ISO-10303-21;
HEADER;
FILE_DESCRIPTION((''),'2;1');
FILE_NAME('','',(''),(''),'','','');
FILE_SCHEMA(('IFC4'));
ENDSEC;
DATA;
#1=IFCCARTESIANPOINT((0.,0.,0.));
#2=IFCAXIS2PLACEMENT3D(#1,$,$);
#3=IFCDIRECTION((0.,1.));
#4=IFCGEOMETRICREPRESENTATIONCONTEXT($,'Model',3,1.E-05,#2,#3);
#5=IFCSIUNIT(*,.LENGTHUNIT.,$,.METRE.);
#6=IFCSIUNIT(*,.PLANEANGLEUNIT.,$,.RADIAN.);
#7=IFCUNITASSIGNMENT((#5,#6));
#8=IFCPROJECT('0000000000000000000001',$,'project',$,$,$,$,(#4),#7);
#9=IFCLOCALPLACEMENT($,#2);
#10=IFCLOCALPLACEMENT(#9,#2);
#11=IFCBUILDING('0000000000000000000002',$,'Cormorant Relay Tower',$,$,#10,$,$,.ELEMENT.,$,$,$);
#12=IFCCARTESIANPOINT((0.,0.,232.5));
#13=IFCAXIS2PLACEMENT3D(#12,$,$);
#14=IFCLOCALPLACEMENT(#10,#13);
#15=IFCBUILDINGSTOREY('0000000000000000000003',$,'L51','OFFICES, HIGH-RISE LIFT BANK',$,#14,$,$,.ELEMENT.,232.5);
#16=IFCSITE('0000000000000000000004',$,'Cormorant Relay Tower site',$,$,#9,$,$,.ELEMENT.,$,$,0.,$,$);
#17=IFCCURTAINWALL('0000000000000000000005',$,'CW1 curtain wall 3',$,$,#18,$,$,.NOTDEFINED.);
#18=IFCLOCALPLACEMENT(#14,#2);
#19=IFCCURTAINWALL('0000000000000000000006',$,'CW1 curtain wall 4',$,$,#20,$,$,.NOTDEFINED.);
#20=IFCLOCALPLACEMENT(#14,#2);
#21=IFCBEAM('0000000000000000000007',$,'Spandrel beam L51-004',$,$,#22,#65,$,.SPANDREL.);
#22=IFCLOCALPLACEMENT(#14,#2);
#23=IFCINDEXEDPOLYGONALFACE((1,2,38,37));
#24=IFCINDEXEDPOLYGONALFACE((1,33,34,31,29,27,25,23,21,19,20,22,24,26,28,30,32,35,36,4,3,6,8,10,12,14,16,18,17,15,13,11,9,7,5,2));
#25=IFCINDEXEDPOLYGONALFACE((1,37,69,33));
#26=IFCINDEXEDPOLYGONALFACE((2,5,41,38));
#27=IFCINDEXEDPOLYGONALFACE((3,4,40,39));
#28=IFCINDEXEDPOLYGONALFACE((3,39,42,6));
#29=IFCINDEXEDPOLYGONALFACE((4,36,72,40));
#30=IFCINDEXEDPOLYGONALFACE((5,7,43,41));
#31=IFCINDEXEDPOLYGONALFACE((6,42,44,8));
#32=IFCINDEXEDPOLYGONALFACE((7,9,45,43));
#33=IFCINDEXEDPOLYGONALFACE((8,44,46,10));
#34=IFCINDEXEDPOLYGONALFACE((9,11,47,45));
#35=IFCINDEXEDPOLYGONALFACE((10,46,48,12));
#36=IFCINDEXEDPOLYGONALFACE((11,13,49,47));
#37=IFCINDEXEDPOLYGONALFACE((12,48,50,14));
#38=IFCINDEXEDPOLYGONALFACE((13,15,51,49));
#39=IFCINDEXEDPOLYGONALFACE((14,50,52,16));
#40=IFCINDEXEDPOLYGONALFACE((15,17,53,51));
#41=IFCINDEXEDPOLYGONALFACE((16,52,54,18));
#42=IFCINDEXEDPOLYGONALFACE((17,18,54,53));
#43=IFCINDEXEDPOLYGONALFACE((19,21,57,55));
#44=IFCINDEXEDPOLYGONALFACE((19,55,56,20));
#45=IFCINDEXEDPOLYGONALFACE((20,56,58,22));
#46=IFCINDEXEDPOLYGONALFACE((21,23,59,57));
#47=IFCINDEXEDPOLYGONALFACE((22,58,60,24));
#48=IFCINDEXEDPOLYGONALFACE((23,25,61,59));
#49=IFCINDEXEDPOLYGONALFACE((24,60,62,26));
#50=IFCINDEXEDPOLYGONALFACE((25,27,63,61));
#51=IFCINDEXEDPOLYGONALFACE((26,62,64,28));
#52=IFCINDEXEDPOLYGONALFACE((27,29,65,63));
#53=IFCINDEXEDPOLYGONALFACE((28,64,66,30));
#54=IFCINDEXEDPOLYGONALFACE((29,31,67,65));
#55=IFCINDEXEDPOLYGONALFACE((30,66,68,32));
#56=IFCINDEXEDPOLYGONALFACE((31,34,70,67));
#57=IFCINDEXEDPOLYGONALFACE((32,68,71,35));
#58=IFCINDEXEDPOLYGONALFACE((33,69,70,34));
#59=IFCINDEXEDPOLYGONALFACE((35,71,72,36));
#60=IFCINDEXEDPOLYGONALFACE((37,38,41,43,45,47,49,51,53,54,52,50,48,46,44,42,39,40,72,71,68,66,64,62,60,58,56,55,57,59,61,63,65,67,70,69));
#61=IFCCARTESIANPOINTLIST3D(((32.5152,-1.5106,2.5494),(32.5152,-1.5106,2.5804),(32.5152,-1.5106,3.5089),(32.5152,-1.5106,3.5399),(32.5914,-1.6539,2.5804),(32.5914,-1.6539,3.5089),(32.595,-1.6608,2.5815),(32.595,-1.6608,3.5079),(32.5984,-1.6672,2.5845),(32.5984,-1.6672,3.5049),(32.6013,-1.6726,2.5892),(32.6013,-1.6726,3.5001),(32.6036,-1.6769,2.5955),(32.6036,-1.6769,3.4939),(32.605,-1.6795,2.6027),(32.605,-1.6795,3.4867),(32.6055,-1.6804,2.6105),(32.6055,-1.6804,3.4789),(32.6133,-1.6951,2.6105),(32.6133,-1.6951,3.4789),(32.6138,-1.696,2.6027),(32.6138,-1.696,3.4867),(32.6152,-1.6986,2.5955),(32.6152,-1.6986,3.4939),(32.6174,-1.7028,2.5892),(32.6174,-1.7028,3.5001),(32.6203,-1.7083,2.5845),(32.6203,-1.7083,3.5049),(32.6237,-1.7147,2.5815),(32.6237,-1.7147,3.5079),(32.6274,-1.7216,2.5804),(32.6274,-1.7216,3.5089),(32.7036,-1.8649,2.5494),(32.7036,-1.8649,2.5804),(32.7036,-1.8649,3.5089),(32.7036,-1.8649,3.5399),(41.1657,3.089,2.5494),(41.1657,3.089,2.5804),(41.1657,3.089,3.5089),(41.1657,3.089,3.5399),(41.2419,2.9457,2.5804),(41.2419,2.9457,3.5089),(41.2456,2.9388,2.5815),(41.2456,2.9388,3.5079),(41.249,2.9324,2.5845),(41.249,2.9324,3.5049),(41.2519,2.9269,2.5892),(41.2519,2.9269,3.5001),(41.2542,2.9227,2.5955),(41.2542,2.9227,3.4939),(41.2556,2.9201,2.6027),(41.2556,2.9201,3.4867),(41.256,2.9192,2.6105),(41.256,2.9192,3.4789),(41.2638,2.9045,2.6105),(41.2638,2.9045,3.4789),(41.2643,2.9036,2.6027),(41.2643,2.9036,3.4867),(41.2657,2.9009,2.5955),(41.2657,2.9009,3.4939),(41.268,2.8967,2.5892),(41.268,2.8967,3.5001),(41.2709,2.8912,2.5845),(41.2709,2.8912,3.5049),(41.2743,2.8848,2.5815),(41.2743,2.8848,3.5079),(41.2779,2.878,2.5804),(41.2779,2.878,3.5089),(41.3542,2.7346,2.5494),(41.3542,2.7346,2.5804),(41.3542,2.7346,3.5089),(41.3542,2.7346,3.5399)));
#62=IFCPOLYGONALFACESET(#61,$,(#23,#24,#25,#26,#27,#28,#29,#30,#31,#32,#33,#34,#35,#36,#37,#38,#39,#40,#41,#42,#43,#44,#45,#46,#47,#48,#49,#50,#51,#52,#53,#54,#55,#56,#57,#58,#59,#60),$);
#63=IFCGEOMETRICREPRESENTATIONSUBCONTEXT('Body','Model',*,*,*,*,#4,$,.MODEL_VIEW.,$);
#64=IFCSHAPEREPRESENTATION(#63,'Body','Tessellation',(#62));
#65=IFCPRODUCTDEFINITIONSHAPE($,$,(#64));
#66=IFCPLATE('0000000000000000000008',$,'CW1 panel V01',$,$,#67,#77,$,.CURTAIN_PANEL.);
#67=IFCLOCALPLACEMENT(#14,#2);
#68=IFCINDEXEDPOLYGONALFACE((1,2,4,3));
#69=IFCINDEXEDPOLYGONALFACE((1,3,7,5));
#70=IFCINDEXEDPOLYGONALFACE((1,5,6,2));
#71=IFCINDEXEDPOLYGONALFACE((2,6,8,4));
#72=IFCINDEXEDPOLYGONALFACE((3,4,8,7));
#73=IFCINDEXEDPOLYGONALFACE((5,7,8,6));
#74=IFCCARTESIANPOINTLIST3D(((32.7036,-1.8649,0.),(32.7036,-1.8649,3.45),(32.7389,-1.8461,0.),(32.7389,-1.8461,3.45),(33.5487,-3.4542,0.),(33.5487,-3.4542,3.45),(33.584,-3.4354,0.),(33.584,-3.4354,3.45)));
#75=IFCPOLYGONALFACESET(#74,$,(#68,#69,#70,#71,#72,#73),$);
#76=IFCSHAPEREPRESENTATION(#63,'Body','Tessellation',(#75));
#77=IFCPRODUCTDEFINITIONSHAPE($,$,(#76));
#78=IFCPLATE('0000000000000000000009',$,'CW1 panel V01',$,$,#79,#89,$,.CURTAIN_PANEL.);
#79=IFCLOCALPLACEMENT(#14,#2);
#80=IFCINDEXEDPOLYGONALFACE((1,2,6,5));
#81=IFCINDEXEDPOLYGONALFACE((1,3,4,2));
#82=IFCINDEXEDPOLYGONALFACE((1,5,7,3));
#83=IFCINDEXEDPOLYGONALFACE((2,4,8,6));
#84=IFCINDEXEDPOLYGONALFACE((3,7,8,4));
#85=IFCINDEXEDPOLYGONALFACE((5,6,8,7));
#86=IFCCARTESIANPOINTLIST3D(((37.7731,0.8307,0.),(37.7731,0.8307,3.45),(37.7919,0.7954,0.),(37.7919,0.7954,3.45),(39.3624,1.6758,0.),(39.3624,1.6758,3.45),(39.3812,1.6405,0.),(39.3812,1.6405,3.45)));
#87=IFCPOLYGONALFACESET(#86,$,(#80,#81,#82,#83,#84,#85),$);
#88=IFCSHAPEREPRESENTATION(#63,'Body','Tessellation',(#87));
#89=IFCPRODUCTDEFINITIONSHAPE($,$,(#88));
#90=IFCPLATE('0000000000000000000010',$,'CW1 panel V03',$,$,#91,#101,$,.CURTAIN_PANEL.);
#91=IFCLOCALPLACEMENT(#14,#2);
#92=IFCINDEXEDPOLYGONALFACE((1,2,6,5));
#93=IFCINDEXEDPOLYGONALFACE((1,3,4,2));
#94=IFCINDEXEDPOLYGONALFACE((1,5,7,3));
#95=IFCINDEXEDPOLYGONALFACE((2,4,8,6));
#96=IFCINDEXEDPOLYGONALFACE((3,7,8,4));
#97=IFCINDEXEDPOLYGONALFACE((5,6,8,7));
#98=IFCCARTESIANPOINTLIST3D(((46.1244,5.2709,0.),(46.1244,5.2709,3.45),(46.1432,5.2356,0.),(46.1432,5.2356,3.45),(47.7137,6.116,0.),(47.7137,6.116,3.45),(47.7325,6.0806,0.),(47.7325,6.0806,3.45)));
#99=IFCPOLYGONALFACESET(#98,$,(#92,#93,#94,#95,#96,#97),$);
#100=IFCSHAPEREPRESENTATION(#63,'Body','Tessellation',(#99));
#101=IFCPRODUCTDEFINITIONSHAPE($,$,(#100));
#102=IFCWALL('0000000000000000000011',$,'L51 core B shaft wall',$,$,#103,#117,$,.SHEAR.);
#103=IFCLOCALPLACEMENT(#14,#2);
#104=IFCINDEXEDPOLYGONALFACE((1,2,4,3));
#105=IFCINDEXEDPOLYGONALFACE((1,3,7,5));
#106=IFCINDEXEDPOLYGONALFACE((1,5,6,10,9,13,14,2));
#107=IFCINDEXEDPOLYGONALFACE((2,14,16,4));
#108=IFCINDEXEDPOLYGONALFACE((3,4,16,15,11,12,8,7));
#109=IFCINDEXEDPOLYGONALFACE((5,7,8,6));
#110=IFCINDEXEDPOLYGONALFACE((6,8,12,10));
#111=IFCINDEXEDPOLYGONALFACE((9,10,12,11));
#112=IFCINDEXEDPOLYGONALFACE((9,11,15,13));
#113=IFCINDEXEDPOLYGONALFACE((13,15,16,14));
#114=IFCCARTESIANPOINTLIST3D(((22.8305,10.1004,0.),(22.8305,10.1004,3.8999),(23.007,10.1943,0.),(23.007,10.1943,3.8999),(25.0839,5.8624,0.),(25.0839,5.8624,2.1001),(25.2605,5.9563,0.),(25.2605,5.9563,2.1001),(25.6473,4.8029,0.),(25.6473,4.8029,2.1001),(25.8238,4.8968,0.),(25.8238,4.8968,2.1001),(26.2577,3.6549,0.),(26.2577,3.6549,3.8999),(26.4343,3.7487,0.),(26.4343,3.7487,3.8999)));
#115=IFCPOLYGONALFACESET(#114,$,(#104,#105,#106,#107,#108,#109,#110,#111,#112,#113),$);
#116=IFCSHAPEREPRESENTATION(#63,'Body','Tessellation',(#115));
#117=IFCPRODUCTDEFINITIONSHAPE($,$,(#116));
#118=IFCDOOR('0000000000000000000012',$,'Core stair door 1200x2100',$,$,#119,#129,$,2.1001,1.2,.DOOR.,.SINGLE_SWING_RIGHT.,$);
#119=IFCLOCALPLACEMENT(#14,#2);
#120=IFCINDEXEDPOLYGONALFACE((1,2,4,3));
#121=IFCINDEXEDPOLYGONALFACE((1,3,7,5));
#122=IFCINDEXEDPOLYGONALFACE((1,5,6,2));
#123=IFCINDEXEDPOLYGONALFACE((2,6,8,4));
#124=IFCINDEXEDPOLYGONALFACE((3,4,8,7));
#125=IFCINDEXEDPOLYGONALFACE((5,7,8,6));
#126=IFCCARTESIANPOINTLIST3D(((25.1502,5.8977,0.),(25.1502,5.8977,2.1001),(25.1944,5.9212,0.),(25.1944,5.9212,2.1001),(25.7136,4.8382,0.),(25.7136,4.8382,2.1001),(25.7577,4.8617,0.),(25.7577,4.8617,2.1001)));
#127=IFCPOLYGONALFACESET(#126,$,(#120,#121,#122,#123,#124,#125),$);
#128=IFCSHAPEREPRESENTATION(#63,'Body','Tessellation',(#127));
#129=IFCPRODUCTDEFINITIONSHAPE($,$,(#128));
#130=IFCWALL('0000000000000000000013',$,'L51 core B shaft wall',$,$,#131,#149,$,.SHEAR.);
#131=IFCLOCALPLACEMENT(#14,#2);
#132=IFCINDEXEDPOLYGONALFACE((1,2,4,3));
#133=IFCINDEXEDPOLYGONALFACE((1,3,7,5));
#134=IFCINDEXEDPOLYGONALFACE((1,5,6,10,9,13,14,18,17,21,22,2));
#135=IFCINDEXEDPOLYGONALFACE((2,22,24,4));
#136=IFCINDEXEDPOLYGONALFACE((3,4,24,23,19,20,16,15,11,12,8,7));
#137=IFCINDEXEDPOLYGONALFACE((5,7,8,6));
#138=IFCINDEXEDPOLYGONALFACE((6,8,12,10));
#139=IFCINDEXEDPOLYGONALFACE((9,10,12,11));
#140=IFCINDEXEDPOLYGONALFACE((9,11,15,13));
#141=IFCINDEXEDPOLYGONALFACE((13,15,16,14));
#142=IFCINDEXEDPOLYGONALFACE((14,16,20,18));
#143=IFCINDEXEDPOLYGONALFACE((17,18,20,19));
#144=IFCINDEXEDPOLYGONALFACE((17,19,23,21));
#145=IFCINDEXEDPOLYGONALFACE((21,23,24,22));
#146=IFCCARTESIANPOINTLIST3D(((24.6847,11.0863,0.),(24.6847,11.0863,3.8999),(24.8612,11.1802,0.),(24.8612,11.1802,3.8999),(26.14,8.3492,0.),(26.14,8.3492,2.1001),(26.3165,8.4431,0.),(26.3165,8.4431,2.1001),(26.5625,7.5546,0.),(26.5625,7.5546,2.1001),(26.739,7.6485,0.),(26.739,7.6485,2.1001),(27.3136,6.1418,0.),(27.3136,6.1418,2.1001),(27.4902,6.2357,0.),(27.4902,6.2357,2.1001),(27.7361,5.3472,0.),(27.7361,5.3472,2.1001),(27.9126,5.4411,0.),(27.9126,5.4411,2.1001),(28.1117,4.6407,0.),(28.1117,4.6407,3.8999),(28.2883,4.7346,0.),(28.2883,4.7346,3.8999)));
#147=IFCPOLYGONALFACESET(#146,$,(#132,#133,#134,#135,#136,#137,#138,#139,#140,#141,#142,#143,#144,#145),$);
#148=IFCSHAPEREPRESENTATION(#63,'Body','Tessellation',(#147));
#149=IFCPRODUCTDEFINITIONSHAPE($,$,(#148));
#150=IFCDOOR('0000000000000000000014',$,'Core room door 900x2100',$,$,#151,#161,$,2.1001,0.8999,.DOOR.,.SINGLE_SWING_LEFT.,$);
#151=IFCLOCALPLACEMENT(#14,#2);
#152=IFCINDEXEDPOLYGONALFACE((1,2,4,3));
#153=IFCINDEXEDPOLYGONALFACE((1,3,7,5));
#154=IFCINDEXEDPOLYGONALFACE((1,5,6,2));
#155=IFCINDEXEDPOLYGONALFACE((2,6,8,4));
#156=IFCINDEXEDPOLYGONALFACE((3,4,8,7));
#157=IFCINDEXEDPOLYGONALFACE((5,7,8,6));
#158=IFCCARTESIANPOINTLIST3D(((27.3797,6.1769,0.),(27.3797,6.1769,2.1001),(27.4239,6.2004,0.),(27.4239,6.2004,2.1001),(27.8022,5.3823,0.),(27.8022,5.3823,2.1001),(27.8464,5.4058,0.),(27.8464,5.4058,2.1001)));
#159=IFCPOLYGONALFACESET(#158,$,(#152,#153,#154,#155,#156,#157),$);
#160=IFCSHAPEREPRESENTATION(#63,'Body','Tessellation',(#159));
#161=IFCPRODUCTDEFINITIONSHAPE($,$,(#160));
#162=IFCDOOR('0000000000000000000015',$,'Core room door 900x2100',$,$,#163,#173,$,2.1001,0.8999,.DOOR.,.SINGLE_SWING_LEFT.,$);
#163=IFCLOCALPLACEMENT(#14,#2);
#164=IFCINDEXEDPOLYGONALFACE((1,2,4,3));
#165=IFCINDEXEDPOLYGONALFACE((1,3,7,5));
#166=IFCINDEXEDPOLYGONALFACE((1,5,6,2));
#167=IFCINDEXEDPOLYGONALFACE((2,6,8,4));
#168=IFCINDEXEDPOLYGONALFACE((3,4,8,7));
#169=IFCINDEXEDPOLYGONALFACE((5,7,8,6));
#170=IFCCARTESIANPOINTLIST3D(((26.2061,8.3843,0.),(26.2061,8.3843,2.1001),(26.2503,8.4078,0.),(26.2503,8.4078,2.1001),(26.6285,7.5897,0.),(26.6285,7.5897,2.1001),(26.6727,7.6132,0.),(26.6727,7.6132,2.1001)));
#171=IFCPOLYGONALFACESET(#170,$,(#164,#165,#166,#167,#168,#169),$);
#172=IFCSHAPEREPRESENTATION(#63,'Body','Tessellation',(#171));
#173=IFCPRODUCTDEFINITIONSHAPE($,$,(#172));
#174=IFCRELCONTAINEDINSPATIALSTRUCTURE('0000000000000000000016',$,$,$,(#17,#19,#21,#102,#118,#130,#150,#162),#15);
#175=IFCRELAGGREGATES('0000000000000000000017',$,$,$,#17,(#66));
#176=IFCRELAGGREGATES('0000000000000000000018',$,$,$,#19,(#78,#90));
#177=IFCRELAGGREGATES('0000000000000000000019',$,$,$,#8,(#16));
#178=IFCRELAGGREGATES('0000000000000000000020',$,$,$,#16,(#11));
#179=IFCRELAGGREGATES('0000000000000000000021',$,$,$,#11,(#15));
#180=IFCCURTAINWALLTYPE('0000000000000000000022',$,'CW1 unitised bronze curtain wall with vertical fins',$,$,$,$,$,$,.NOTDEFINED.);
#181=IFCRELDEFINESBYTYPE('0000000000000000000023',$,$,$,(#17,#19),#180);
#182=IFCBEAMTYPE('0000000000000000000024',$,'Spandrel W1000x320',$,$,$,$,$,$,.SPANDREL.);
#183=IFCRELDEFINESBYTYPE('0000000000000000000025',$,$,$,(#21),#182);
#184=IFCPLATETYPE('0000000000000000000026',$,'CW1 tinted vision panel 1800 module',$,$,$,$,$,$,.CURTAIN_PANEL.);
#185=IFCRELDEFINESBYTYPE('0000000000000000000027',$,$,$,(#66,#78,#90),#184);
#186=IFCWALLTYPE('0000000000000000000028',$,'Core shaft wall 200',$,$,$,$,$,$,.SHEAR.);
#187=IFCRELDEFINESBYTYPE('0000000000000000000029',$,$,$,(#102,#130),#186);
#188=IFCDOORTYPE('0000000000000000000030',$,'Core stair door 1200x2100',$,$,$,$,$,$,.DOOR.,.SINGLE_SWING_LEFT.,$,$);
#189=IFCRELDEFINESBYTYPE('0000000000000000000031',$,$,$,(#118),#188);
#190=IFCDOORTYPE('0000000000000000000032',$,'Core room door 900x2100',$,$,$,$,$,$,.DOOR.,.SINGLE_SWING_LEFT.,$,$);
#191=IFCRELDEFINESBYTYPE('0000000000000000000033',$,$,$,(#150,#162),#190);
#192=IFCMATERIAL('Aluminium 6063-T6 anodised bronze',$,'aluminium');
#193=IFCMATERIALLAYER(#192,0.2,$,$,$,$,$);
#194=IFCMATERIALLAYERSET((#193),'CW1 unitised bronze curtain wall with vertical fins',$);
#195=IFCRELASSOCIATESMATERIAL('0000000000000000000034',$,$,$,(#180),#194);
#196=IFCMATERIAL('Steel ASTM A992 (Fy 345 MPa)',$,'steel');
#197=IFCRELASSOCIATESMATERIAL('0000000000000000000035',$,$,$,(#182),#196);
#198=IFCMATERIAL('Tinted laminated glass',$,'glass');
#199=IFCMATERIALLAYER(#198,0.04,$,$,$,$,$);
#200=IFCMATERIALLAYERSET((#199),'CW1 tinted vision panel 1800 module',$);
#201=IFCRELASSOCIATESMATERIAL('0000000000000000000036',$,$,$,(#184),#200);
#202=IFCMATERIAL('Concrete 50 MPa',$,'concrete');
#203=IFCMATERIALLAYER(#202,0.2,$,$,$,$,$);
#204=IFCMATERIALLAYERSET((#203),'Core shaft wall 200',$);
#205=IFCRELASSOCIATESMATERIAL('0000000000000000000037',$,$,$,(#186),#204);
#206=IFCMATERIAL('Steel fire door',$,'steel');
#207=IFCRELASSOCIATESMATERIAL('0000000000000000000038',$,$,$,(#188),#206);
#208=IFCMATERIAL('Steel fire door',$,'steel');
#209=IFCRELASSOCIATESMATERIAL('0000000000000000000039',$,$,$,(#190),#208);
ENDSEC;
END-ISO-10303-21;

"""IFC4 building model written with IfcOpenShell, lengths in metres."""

from ifc_helpers import new_model, si_unit, direction, frame, frame_2d, origin, origin_2d, place, context, subcontext, project, spatial, rectangle, i_section, extrude, material, layer, layer_set, material_profile, profile_set, type_object, element, fill, aggregate, save


model = new_model("IFC4")

# Units and contexts
model_context = context("Model", 3, precision=1e-05, world=origin(), true_north=direction((0.0, 1.0)))
body_context = subcontext(model_context, "Body", "Model", "MODEL_VIEW")
ifc_project = project(units=[si_unit("LENGTHUNIT", "METRE"), si_unit("PLANEANGLEUNIT", "RADIAN")], contexts=[model_context])

# Site, building, storey
site_placement = place(None, origin())
site = spatial("IfcSite", under=ifc_project, at=site_placement, Name="Cormorant Relay Tower site", CompositionType="ELEMENT", RefElevation=0.0)
building_placement = place(site_placement, origin())
building = spatial("IfcBuilding", under=site, at=building_placement, Name="Cormorant Relay Tower", CompositionType="ELEMENT")
storey_placement = place(building_placement, frame((0.0, 0.0, 232.5)))
storey = spatial("IfcBuildingStorey", under=building, at=storey_placement, Name="L51", Description="OFFICES, HIGH-RISE LIFT BANK", CompositionType="ELEMENT", Elevation=232.5)

# Curtain wall
ifc_material_1 = material(Name="Aluminium 6063-T6 anodised bronze", Category="aluminium")
ifc_layer_1 = layer(ifc_material_1, 0.2)
ifc_layer_set_1 = layer_set([ifc_layer_1], Name="CW1 unitised bronze curtain wall with vertical fins")
curtain_wall_type = type_object("IfcCurtainWallType", Name="CW1 unitised bronze curtain wall with vertical fins", PredefinedType="NOTDEFINED", material=ifc_layer_set_1)
curtain_wall_1_placement = place(storey_placement, origin())
curtain_wall_1 = element("IfcCurtainWall", 1, at=curtain_wall_1_placement, inside=storey, type_object=curtain_wall_type, Name="CW1 curtain wall 3", PredefinedType="NOTDEFINED")

# Curtain wall
curtain_wall_2_placement = place(storey_placement, origin())
curtain_wall_2 = element("IfcCurtainWall", 2, at=curtain_wall_2_placement, inside=storey, type_object=curtain_wall_type, Name="CW1 curtain wall 4", PredefinedType="NOTDEFINED")

# Beam
ifc_material_2 = material(Name="Steel ASTM A992 (Fy 345 MPa)", Category="steel")
ifc_material_profile_1 = material_profile(ifc_material_2, i_section(OverallWidth=0.4014, OverallDepth=0.9905, WebThickness=0.0166, FlangeThickness=0.031, FilletRadius=0.03, at=origin_2d()), Name="W1000x320")
ifc_profile_set_1 = profile_set([ifc_material_profile_1], Name="Steel ASTM A992 (Fy 345 MPa)")
beam_type = type_object("IfcBeamType", Name="Spandrel W1000x320", PredefinedType="SPANDREL", material=ifc_profile_set_1)
beam_1_placement = place(storey_placement, frame((32.6094, -1.6877, 3.0447), z_axis=(0.882948, 0.46947, 0.0), x_axis=(-0.46947, 0.882948, 0.0)))
element("IfcBeam", 3, at=beam_1_placement, inside=storey, type_object=beam_type, Name="Spandrel beam L51-004", PredefinedType="SPANDREL", context=body_context, shape_type="SweptSolid", body=[
    extrude(i_section(OverallWidth=0.4014, OverallDepth=0.9905, WebThickness=0.0166, FlangeThickness=0.031, FilletRadius=0.03, at=origin_2d()), origin(), (0.0, 0.0, 1.0), 9.7974),
])

# Plates
ifc_material_3 = material(Name="Tinted laminated glass", Category="glass")
ifc_layer_2 = layer(ifc_material_3, 0.04)
ifc_layer_set_2 = layer_set([ifc_layer_2], Name="CW1 tinted vision panel 1800 module")
plate_type = type_object("IfcPlateType", Name="CW1 tinted vision panel 1800 module", PredefinedType="CURTAIN_PANEL", material=ifc_layer_set_2)
plate_1_placement = place(storey_placement, frame((33.1438, -2.6501, 0.0), z_axis=(0.0, 0.0, 1.0), x_axis=(-0.469472, 0.882948, 0.0)))
plate_1 = element("IfcPlate", 4, at=plate_1_placement, type_object=plate_type, Name="CW1 panel V01", PredefinedType="CURTAIN_PANEL", context=body_context, shape_type="SweptSolid", body=[
    extrude(rectangle(XDim=1.8, YDim=0.04, at=origin_2d()), origin(), (0.0, 0.0, 1.0), 3.45),
])
plate_2_placement = place(storey_placement, frame((38.5771, 1.2356, 0.0), z_axis=(0.0, 0.0, 1.0), x_axis=(0.882948, 0.469472, 0.0)))
plate_2 = element("IfcPlate", 5, at=plate_2_placement, type_object=plate_type, Name="CW1 panel V01", PredefinedType="CURTAIN_PANEL", context=body_context, shape_type="SweptSolid", body=[
    extrude(rectangle(XDim=1.8, YDim=0.04, at=origin_2d()), origin(), (0.0, 0.0, 1.0), 3.45),
])
plate_3_placement = place(storey_placement, frame((46.9285, 5.6758, 0.0), z_axis=(0.0, 0.0, 1.0), x_axis=(0.882948, 0.469472, 0.0)))
plate_3 = element("IfcPlate", 6, at=plate_3_placement, type_object=plate_type, Name="CW1 panel V03", PredefinedType="CURTAIN_PANEL", context=body_context, shape_type="SweptSolid", body=[
    extrude(rectangle(XDim=1.8, YDim=0.04, at=origin_2d()), origin(), (0.0, 0.0, 1.0), 3.45),
])

# Wall, opening, door
ifc_material_4 = material(Name="Concrete 50 MPa", Category="concrete")
ifc_layer_3 = layer(ifc_material_4, 0.2)
ifc_layer_set_3 = layer_set([ifc_layer_3], Name="Core shaft wall 200")
wall_type_1 = type_object("IfcWallType", Name="Core shaft wall 200", PredefinedType="SHEAR", material=ifc_layer_set_3)
wall_1_placement = place(storey_placement, frame((26.3459, 3.7019, 0.0), z_axis=(0.0, 0.0, 1.0), x_axis=(-0.46948, 0.882943, 0.0)))
wall_1 = element("IfcWall", 7, at=wall_1_placement, inside=storey, type_object=wall_type_1, Name="L51 core B shaft wall", PredefinedType="SHEAR", context=body_context, shape_type="SweptSolid", body=[
    extrude(rectangle(XDim=7.3, YDim=0.2, at=frame_2d((3.6499, 0.0))), origin(), (0.0, 0.0, 1.0), 3.8999),
])
opening_1_placement = place(wall_1_placement, frame((1.3, 0.0, 0.0)))
opening_1 = element("IfcOpeningElement", 8, at=opening_1_placement, cuts=wall_1, PredefinedType="OPENING", context=body_context, shape_type="SweptSolid", body=[
    extrude(rectangle(XDim=1.2, YDim=2.1001, at=frame_2d((0.6001, 1.05))), frame((0.0, 0.1099, 0.0), z_axis=(0.0, -1.0, 0.0), x_axis=(1.0, 0.0, 0.0)), (0.0, 0.0, 1.0), 0.22),
])
ifc_material_5 = material(Name="Steel fire door", Category="steel")
door_type_1 = type_object("IfcDoorType", Name="Core stair door 1200x2100", OperationType="SINGLE_SWING_LEFT", PredefinedType="DOOR", material=ifc_material_5)
door_1_placement = place(opening_1_placement, origin())
door_1 = element("IfcDoor", 9, at=door_1_placement, inside=storey, type_object=door_type_1, Name="Core stair door 1200x2100", OperationType="SINGLE_SWING_RIGHT", OverallHeight=2.1001, OverallWidth=1.2, PredefinedType="DOOR", context=body_context, shape_type="SweptSolid", body=[
    extrude(rectangle(XDim=1.2, YDim=2.1001, at=frame_2d((0.6001, 1.05))), frame((0.0, 0.0249, 0.0), z_axis=(0.0, -1.0, 0.0), x_axis=(1.0, 0.0, 0.0)), (0.0, 0.0, 1.0), 0.05),
])
fill(opening_1, door_1)

# Wall, openings, doors
wall_2_placement = place(storey_placement, frame((28.2, 4.6877, 0.0), z_axis=(0.0, 0.0, 1.0), x_axis=(-0.469454, 0.882957, 0.0)))
wall_2 = element("IfcWall", 10, at=wall_2_placement, inside=storey, type_object=wall_type_1, Name="L51 core B shaft wall", PredefinedType="SHEAR", context=body_context, shape_type="SweptSolid", body=[
    extrude(rectangle(XDim=7.3, YDim=0.2, at=frame_2d((3.6499, 0.0))), origin(), (0.0, 0.0, 1.0), 3.8999),
])
opening_2_placement = place(wall_2_placement, frame((0.8, 0.0, 0.0)))
opening_2 = element("IfcOpeningElement", 11, at=opening_2_placement, cuts=wall_2, PredefinedType="OPENING", context=body_context, shape_type="SweptSolid", body=[
    extrude(rectangle(XDim=0.8999, YDim=2.1001, at=frame_2d((0.45, 1.05))), frame((0.0, 0.1099, 0.0), z_axis=(0.0, -1.0, 0.0), x_axis=(1.0, 0.0, 0.0)), (0.0, 0.0, 1.0), 0.22),
])
opening_3_placement = place(wall_2_placement, frame((3.3, 0.0, 0.0)))
opening_3 = element("IfcOpeningElement", 12, at=opening_3_placement, cuts=wall_2, PredefinedType="OPENING", context=body_context, shape_type="SweptSolid", body=[
    extrude(rectangle(XDim=0.8999, YDim=2.1001, at=frame_2d((0.45, 1.05))), frame((0.0, 0.1099, 0.0), z_axis=(0.0, -1.0, 0.0), x_axis=(1.0, 0.0, 0.0)), (0.0, 0.0, 1.0), 0.22),
])
ifc_material_6 = material(Name="Steel fire door", Category="steel")
door_type_2 = type_object("IfcDoorType", Name="Core room door 900x2100", OperationType="SINGLE_SWING_LEFT", PredefinedType="DOOR", material=ifc_material_6)
door_2_placement = place(opening_2_placement, frame((0.8999, 0.0, 0.0), z_axis=(0.0, 0.0, 1.0), x_axis=(-1.0, 0.0, 0.0)))
door_2 = element("IfcDoor", 13, at=door_2_placement, inside=storey, type_object=door_type_2, Name="Core room door 900x2100", OperationType="SINGLE_SWING_LEFT", OverallHeight=2.1001, OverallWidth=0.8999, PredefinedType="DOOR", context=body_context, shape_type="SweptSolid", body=[
    extrude(rectangle(XDim=0.8999, YDim=2.1001, at=frame_2d((0.45, 1.05))), frame((0.0, 0.0249, 0.0), z_axis=(0.0, -1.0, 0.0), x_axis=(1.0, 0.0, 0.0)), (0.0, 0.0, 1.0), 0.05),
])
fill(opening_2, door_2)
door_3_placement = place(opening_3_placement, frame((0.8999, 0.0, 0.0), z_axis=(0.0, 0.0, 1.0), x_axis=(-1.0, 0.0, 0.0)))
door_3 = element("IfcDoor", 14, at=door_3_placement, inside=storey, type_object=door_type_2, Name="Core room door 900x2100", OperationType="SINGLE_SWING_LEFT", OverallHeight=2.1001, OverallWidth=0.8999, PredefinedType="DOOR", context=body_context, shape_type="SweptSolid", body=[
    extrude(rectangle(XDim=0.8999, YDim=2.1001, at=frame_2d((0.45, 1.05))), frame((0.0, 0.0249, 0.0), z_axis=(0.0, -1.0, 0.0), x_axis=(1.0, 0.0, 0.0)), (0.0, 0.0, 1.0), 0.05),
])
fill(opening_3, door_3)

aggregate(curtain_wall_1, [plate_1])
aggregate(curtain_wall_2, [plate_2, plate_3])

save(model, "model.ifc")
